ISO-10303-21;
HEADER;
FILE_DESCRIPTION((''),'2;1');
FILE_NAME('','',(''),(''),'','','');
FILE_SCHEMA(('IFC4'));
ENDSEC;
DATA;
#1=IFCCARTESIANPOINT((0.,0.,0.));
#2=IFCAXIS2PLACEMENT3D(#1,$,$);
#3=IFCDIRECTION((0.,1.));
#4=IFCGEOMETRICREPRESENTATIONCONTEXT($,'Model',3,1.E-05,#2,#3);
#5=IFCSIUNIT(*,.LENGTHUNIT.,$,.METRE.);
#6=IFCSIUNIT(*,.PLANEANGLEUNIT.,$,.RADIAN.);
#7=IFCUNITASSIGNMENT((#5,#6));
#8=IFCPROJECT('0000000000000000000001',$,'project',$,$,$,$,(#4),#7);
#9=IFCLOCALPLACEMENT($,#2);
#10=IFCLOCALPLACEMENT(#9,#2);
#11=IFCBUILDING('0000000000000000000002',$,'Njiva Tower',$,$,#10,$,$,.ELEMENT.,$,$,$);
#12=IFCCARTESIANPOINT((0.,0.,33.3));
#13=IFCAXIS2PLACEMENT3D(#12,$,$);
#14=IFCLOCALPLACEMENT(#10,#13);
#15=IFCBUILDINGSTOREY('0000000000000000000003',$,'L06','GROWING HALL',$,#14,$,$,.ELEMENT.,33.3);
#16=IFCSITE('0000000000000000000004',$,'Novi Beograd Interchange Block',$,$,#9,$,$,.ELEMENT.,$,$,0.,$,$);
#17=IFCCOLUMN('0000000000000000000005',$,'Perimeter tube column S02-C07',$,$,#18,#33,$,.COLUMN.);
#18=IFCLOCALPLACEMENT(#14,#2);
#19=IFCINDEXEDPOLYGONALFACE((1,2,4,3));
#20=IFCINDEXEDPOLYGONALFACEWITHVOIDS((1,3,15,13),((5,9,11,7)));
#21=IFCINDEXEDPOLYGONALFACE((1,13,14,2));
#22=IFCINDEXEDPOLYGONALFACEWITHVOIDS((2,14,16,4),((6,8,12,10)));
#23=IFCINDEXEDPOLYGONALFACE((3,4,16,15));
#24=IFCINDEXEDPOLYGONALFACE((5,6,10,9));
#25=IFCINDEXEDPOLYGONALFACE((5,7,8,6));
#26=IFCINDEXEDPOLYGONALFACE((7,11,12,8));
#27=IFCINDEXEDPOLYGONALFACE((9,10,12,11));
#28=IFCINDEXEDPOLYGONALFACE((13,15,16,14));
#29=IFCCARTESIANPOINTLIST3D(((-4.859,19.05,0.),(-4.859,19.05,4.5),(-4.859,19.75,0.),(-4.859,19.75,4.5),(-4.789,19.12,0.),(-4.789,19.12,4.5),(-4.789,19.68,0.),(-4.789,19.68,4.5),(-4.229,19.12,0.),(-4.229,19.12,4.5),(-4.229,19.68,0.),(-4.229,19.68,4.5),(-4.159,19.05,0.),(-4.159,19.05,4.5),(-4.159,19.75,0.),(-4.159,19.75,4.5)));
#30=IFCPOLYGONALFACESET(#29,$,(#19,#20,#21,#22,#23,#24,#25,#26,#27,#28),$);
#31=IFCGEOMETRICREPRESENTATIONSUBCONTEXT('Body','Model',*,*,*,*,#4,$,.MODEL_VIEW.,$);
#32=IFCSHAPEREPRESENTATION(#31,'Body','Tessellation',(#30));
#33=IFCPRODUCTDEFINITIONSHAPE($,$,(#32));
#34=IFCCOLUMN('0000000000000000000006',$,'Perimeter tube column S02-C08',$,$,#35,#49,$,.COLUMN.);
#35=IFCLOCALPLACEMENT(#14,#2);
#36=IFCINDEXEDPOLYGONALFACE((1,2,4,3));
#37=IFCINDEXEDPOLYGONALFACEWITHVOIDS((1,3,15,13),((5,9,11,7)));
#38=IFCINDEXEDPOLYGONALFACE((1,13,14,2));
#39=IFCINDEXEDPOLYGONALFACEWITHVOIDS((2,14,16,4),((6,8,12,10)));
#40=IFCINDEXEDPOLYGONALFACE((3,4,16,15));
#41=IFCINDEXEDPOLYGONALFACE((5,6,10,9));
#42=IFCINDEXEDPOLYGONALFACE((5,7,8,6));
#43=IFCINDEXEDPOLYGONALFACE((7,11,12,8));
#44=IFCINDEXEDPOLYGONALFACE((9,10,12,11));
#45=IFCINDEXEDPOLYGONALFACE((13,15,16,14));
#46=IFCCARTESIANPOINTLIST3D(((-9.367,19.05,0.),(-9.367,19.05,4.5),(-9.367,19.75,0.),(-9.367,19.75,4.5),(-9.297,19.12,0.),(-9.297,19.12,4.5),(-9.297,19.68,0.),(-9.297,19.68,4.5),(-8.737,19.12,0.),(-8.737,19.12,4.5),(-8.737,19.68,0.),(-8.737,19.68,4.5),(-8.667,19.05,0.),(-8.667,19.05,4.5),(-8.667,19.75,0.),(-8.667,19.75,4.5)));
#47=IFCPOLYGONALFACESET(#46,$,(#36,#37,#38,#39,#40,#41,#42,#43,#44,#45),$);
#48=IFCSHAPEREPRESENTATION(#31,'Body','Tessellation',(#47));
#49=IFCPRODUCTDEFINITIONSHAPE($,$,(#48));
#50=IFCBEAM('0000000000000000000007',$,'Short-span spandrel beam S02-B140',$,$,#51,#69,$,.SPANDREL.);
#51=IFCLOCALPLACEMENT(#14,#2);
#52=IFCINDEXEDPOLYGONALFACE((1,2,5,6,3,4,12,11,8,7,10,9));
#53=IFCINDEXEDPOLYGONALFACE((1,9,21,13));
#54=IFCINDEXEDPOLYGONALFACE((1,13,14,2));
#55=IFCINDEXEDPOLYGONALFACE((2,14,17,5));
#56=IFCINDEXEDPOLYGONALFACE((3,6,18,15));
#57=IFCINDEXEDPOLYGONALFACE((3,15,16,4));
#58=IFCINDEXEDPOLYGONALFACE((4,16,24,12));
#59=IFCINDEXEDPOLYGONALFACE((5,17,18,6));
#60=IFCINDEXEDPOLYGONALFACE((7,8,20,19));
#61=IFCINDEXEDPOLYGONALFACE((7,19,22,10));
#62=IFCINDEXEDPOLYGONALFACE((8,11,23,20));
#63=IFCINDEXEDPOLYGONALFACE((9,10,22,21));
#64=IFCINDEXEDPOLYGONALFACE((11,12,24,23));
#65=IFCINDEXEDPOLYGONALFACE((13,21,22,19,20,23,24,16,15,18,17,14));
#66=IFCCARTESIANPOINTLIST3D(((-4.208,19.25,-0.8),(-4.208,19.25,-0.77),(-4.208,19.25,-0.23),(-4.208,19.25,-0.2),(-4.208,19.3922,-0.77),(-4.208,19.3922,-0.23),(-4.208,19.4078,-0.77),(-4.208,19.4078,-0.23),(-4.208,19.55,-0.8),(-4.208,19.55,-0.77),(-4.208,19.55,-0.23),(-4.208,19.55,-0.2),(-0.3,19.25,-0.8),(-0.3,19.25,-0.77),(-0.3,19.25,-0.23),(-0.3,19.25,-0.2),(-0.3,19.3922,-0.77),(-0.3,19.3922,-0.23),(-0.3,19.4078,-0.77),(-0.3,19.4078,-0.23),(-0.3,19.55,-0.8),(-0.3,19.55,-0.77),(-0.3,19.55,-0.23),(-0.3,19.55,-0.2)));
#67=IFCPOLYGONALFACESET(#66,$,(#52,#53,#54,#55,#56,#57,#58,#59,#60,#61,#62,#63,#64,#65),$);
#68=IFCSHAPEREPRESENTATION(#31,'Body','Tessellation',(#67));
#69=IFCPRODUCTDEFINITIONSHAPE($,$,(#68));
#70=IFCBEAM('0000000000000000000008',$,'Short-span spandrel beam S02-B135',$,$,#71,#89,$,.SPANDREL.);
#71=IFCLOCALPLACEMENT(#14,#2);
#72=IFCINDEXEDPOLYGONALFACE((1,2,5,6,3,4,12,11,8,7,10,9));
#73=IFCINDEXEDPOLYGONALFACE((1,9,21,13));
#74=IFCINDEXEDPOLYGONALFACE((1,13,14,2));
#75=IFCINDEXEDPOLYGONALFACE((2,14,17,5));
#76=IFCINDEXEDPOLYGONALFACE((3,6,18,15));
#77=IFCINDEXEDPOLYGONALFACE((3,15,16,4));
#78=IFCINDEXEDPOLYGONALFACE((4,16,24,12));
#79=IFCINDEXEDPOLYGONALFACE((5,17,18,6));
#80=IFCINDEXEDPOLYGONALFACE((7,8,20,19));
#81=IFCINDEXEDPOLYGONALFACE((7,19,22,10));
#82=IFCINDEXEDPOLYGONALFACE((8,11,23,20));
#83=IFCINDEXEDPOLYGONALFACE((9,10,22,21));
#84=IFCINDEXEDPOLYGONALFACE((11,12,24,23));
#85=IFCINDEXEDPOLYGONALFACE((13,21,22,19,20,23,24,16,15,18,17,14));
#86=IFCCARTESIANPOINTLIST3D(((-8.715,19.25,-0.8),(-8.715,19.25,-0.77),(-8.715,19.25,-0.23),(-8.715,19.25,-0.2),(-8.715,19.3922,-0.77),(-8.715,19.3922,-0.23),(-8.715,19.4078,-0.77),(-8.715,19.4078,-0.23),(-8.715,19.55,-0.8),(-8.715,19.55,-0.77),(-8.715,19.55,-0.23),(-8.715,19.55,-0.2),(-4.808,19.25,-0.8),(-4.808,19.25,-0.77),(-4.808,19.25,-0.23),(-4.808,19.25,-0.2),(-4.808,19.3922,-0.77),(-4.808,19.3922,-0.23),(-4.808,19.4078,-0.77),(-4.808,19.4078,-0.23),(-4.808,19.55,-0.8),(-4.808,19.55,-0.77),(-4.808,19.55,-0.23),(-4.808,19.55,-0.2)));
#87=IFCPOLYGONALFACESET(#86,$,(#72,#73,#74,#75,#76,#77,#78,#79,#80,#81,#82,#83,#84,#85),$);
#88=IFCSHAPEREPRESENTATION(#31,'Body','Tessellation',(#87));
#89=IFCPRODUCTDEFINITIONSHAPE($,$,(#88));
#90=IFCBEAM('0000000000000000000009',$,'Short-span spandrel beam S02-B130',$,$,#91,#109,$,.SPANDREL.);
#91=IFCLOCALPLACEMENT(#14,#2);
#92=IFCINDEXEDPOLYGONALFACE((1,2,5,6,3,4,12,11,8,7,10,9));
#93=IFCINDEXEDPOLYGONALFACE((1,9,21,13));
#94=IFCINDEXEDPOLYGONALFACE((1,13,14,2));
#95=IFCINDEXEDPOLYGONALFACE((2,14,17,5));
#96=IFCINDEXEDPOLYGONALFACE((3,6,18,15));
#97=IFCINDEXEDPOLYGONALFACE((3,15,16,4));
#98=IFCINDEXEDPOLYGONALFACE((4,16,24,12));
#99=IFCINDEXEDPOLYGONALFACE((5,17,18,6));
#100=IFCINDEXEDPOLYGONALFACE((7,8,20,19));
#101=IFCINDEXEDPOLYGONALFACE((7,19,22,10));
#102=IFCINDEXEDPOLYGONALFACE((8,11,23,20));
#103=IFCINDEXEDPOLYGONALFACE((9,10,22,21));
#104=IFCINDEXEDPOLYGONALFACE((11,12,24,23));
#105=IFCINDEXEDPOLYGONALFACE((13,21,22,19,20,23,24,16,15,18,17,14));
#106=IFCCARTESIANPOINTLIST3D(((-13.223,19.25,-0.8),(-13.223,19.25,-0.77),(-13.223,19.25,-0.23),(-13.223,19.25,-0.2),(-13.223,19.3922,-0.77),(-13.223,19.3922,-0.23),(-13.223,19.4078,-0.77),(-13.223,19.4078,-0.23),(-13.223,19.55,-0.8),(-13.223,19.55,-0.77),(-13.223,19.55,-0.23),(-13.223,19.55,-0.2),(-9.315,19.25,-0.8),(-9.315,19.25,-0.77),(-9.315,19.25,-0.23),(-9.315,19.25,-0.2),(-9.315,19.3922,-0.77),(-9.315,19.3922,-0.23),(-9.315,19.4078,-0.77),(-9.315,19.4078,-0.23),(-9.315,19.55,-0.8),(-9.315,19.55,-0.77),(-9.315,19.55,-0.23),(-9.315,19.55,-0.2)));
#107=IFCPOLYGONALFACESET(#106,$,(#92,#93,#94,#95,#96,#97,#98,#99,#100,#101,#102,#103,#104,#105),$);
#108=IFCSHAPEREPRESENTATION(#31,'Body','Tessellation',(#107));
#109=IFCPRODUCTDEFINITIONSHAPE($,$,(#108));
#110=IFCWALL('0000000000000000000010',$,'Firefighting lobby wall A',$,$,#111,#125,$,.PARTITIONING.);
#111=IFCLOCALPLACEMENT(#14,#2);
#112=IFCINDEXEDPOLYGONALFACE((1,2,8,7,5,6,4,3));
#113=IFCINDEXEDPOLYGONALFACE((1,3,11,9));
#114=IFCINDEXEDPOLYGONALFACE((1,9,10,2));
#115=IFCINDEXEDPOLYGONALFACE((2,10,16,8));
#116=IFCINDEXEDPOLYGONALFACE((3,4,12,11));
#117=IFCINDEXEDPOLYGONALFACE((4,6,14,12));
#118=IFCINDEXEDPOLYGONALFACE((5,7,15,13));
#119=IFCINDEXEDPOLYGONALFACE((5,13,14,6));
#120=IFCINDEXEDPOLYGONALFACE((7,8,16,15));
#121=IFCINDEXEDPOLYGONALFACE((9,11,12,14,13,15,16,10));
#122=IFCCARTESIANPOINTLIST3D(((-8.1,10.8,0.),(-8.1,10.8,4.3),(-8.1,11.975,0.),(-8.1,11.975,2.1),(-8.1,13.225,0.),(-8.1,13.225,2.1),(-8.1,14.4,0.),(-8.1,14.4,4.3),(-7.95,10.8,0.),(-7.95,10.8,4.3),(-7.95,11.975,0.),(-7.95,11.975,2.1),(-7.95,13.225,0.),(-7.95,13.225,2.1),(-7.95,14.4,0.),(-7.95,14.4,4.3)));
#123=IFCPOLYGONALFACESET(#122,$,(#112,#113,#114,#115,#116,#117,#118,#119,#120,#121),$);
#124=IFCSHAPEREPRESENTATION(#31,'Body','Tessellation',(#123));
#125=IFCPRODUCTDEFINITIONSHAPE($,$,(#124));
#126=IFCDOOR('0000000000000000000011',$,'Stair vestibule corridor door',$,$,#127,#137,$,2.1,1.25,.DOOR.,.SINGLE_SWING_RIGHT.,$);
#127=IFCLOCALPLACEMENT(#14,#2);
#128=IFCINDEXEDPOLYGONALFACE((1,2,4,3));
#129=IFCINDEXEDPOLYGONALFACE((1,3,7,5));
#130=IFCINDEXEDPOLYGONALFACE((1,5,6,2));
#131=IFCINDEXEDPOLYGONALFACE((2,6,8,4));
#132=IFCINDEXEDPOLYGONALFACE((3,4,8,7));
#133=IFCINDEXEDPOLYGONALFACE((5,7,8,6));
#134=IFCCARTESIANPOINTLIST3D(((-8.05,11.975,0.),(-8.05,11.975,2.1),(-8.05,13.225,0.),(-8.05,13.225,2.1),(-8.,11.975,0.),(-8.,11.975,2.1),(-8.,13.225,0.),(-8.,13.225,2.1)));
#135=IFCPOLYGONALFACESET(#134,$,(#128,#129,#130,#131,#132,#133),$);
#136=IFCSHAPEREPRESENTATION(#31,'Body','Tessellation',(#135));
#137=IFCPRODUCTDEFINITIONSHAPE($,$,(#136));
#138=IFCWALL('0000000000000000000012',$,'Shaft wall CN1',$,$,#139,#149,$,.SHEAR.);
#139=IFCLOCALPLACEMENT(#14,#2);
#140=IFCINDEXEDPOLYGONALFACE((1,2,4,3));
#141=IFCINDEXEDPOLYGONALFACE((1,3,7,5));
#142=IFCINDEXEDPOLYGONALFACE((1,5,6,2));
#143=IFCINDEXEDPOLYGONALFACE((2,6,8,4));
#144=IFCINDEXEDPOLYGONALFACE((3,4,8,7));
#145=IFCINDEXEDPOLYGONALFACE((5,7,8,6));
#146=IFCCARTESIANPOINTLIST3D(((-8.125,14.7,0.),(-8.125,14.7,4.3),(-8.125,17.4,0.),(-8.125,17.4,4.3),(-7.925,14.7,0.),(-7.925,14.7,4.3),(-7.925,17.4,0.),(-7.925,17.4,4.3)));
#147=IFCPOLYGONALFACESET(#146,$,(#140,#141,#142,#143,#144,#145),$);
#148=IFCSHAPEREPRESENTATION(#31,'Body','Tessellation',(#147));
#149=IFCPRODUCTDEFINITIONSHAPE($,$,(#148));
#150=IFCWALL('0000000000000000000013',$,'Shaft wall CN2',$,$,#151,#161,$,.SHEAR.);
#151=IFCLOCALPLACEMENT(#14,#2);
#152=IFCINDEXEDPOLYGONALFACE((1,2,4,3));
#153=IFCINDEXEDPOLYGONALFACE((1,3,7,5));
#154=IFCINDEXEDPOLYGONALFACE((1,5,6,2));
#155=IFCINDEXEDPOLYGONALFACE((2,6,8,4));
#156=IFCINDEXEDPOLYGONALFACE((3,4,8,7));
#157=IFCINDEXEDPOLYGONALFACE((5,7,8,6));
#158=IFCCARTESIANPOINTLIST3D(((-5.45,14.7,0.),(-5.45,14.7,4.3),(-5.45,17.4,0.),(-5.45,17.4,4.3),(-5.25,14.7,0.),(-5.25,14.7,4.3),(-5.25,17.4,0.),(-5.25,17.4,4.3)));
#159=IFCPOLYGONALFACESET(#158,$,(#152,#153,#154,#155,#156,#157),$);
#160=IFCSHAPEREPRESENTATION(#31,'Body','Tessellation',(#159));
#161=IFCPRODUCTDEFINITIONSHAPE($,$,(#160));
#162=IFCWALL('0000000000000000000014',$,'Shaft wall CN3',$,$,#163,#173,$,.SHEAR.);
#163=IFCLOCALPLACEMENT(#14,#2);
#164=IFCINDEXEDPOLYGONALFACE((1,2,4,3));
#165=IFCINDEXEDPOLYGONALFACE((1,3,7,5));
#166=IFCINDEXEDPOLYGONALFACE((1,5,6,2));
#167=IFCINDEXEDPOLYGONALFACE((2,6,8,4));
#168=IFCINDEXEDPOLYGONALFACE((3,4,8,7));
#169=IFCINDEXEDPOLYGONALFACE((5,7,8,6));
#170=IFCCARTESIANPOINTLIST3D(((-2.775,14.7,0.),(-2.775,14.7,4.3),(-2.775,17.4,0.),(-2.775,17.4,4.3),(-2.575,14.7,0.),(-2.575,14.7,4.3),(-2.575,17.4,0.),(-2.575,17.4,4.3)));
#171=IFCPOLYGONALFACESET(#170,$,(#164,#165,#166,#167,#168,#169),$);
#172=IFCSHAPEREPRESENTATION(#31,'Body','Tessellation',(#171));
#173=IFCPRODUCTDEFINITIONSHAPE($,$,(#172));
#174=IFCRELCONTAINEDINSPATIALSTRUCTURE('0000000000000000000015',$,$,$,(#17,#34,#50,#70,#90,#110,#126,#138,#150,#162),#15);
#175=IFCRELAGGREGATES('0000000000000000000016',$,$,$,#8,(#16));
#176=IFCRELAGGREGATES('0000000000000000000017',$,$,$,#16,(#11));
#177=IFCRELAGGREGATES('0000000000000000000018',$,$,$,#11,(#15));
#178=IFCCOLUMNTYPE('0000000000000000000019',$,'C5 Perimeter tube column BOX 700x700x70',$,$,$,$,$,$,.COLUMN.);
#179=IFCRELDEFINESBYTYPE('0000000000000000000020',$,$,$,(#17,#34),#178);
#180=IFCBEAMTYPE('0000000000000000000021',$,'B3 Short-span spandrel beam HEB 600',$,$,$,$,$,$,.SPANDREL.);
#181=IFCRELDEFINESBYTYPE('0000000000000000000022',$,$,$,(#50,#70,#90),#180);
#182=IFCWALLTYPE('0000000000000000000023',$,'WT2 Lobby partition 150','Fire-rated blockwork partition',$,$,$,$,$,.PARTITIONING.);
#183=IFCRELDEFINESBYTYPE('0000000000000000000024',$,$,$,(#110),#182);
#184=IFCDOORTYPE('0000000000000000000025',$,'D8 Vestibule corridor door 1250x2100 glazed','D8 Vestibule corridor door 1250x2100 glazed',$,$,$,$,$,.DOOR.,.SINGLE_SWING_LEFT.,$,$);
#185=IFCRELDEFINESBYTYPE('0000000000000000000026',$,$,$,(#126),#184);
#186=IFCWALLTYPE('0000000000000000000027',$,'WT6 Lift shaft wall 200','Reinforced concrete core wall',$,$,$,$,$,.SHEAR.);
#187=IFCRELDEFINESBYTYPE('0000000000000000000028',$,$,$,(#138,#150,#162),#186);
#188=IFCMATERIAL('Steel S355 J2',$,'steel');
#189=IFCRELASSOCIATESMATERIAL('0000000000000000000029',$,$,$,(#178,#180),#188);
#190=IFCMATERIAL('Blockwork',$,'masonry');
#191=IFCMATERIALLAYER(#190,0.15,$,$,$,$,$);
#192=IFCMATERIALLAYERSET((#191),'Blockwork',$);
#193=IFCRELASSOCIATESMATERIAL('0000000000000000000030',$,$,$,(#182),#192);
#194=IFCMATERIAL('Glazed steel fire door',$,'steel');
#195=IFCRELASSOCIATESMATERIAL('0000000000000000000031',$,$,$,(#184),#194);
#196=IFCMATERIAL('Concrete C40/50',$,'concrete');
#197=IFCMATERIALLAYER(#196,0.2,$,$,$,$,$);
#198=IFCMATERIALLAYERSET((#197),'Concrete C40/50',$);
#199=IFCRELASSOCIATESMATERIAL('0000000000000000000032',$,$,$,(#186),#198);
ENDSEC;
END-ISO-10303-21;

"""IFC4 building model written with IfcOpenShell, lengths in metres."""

from ifc_helpers import new_model, si_unit, direction, frame, frame_2d, origin, origin_2d, place, context, subcontext, project, spatial, rectangle, hollow_rectangle, i_section, extrude, material, layer, layer_set, material_profile, profile_set, type_object, element, fill, save


model = new_model("IFC4")

# Units and contexts
model_context = context("Model", 3, precision=1e-05, world=origin(), true_north=direction((0.0, 1.0)))
body_context = subcontext(model_context, "Body", "Model", "MODEL_VIEW")
ifc_project = project(units=[si_unit("LENGTHUNIT", "METRE"), si_unit("PLANEANGLEUNIT", "RADIAN")], contexts=[model_context])

# Site, building, storey
site_placement = place(None, origin())
site = spatial("IfcSite", under=ifc_project, at=site_placement, Name="Novi Beograd Interchange Block", CompositionType="ELEMENT", RefElevation=0.0)
building_placement = place(site_placement, origin())
building = spatial("IfcBuilding", under=site, at=building_placement, Name="Njiva Tower", CompositionType="ELEMENT")
storey_placement = place(building_placement, frame((0.0, 0.0, 33.3)))
storey = spatial("IfcBuildingStorey", under=building, at=storey_placement, Name="L06", Description="GROWING HALL", CompositionType="ELEMENT", Elevation=33.3)

# Columns
ifc_material_1 = material(Name="Steel S355 J2", Category="steel")
ifc_material_profile_1 = material_profile(ifc_material_1, hollow_rectangle(XDim=0.7, YDim=0.7, WallThickness=0.07, at=origin_2d()), Name="BOX 700x700x70")
ifc_profile_set_1 = profile_set([ifc_material_profile_1], Name="Steel S355 J2")
column_type = type_object("IfcColumnType", Name="C5 Perimeter tube column BOX 700x700x70", PredefinedType="COLUMN", material=ifc_profile_set_1)
for number, where, z_axis, x_axis, name in (
    (1, (-4.509, 19.4, 0.0), (0.0, 0.0, 1.0), (-1.0, 0.0, 0.0), "Perimeter tube column S02-C07"),
    (2, (-9.017, 19.4, 0.0), (0.0, 0.0, 1.0), (-1.0, 0.0, 0.0), "Perimeter tube column S02-C08"),
):
    element("IfcColumn", number, at=place(storey_placement, frame(where, z_axis=z_axis, x_axis=x_axis)), inside=storey, type_object=column_type, Name=name, PredefinedType="COLUMN", context=body_context, shape_type="SweptSolid", body=[
        extrude(hollow_rectangle(XDim=0.7, YDim=0.7, WallThickness=0.07, at=origin_2d()), origin(), (0.0, 0.0, 1.0), 4.5),
    ])

# Beams
ifc_material_profile_2 = material_profile(ifc_material_1, i_section(OverallWidth=0.3, OverallDepth=0.6, WebThickness=0.0155, FlangeThickness=0.03, at=origin_2d()), Name="HEB 600")
ifc_profile_set_2 = profile_set([ifc_material_profile_2], Name="Steel S355 J2")
beam_type = type_object("IfcBeamType", Name="B3 Short-span spandrel beam HEB 600", PredefinedType="SPANDREL", material=ifc_profile_set_2)
beam_1_placement = place(storey_placement, frame((-0.3, 19.4, -0.5), z_axis=(-1.0, 0.0, 0.0), x_axis=(0.0, -1.0, 0.0)))
element("IfcBeam", 3, at=beam_1_placement, inside=storey, type_object=beam_type, Name="Short-span spandrel beam S02-B140", PredefinedType="SPANDREL", context=body_context, shape_type="SweptSolid", body=[
    extrude(i_section(OverallWidth=0.3, OverallDepth=0.6, WebThickness=0.0155, FlangeThickness=0.03, at=origin_2d()), origin(), (0.0, 0.0, 1.0), 3.908),
])
beam_2_placement = place(storey_placement, frame((-4.808, 19.4, -0.5), z_axis=(-1.0, 0.0, 0.0), x_axis=(0.0, -1.0, 0.0)))
element("IfcBeam", 4, at=beam_2_placement, inside=storey, type_object=beam_type, Name="Short-span spandrel beam S02-B135", PredefinedType="SPANDREL", context=body_context, shape_type="SweptSolid", body=[
    extrude(i_section(OverallWidth=0.3, OverallDepth=0.6, WebThickness=0.0155, FlangeThickness=0.03, at=origin_2d()), origin(), (0.0, 0.0, 1.0), 3.907),
])
beam_3_placement = place(storey_placement, frame((-9.315, 19.4, -0.5), z_axis=(-1.0, 0.0, 0.0), x_axis=(0.0, -1.0, 0.0)))
element("IfcBeam", 5, at=beam_3_placement, inside=storey, type_object=beam_type, Name="Short-span spandrel beam S02-B130", PredefinedType="SPANDREL", context=body_context, shape_type="SweptSolid", body=[
    extrude(i_section(OverallWidth=0.3, OverallDepth=0.6, WebThickness=0.0155, FlangeThickness=0.03, at=origin_2d()), origin(), (0.0, 0.0, 1.0), 3.908),
])

# Wall, opening, door
ifc_material_2 = material(Name="Blockwork", Category="masonry")
ifc_layer_1 = layer(ifc_material_2, 0.15)
ifc_layer_set_1 = layer_set([ifc_layer_1], Name="Blockwork")
wall_type_1 = type_object("IfcWallType", Name="WT2 Lobby partition 150", Description="Fire-rated blockwork partition", PredefinedType="PARTITIONING", material=ifc_layer_set_1)
wall_placement = place(storey_placement, frame((-8.025, 10.8, 0.0), z_axis=(0.0, 0.0, 1.0), x_axis=(0.0, 1.0, 0.0)))
wall = element("IfcWall", 6, at=wall_placement, inside=storey, type_object=wall_type_1, Name="Firefighting lobby wall A", PredefinedType="PARTITIONING", context=body_context, shape_type="SweptSolid", body=[
    extrude(rectangle(XDim=3.6, YDim=0.15, at=frame_2d((1.8, 0.0))), origin(), (0.0, 0.0, 1.0), 4.3),
])
opening_placement = place(wall_placement, frame((1.175, 0.0, 0.0)))
opening = element("IfcOpeningElement", 7, at=opening_placement, cuts=wall, PredefinedType="OPENING", context=body_context, shape_type="SweptSolid", body=[
    extrude(rectangle(XDim=1.25, YDim=2.1, at=frame_2d((0.625, 1.05))), frame((0.0, 0.085, 0.0), z_axis=(0.0, -1.0, 0.0), x_axis=(1.0, 0.0, 0.0)), (0.0, 0.0, 1.0), 0.17),
])
ifc_material_3 = material(Name="Glazed steel fire door", Category="steel")
door_type = type_object("IfcDoorType", Name="D8 Vestibule corridor door 1250x2100 glazed", Description="D8 Vestibule corridor door 1250x2100 glazed", OperationType="SINGLE_SWING_LEFT", PredefinedType="DOOR", material=ifc_material_3)
door_placement = place(opening_placement, origin())
door = element("IfcDoor", 8, at=door_placement, inside=storey, type_object=door_type, Name="Stair vestibule corridor door", OperationType="SINGLE_SWING_RIGHT", OverallHeight=2.1, OverallWidth=1.25, PredefinedType="DOOR", context=body_context, shape_type="SweptSolid", body=[
    extrude(rectangle(XDim=1.25, YDim=2.1, at=frame_2d((0.625, 1.05))), frame((0.0, 0.025, 0.0), z_axis=(0.0, -1.0, 0.0), x_axis=(1.0, 0.0, 0.0)), (0.0, 0.0, 1.0), 0.05),
])
fill(opening, door)

# Walls
ifc_material_4 = material(Name="Concrete C40/50", Category="concrete")
ifc_layer_2 = layer(ifc_material_4, 0.2)
ifc_layer_set_2 = layer_set([ifc_layer_2], Name="Concrete C40/50")
wall_type_2 = type_object("IfcWallType", Name="WT6 Lift shaft wall 200", Description="Reinforced concrete core wall", PredefinedType="SHEAR", material=ifc_layer_set_2)
for number, where, z_axis, x_axis, name in (
    (9, (-8.025, 14.7, 0.0), (0.0, 0.0, 1.0), (0.0, 1.0, 0.0), "Shaft wall CN1"),
    (10, (-5.35, 14.7, 0.0), (0.0, 0.0, 1.0), (0.0, 1.0, 0.0), "Shaft wall CN2"),
    (11, (-2.675, 14.7, 0.0), (0.0, 0.0, 1.0), (0.0, 1.0, 0.0), "Shaft wall CN3"),
):
    element("IfcWall", number, at=place(storey_placement, frame(where, z_axis=z_axis, x_axis=x_axis)), inside=storey, type_object=wall_type_2, Name=name, PredefinedType="SHEAR", context=body_context, shape_type="SweptSolid", body=[
        extrude(rectangle(XDim=2.7, YDim=0.2, at=frame_2d((1.35, 0.0))), origin(), (0.0, 0.0, 1.0), 4.3),
    ])

save(model, "model.ifc")
